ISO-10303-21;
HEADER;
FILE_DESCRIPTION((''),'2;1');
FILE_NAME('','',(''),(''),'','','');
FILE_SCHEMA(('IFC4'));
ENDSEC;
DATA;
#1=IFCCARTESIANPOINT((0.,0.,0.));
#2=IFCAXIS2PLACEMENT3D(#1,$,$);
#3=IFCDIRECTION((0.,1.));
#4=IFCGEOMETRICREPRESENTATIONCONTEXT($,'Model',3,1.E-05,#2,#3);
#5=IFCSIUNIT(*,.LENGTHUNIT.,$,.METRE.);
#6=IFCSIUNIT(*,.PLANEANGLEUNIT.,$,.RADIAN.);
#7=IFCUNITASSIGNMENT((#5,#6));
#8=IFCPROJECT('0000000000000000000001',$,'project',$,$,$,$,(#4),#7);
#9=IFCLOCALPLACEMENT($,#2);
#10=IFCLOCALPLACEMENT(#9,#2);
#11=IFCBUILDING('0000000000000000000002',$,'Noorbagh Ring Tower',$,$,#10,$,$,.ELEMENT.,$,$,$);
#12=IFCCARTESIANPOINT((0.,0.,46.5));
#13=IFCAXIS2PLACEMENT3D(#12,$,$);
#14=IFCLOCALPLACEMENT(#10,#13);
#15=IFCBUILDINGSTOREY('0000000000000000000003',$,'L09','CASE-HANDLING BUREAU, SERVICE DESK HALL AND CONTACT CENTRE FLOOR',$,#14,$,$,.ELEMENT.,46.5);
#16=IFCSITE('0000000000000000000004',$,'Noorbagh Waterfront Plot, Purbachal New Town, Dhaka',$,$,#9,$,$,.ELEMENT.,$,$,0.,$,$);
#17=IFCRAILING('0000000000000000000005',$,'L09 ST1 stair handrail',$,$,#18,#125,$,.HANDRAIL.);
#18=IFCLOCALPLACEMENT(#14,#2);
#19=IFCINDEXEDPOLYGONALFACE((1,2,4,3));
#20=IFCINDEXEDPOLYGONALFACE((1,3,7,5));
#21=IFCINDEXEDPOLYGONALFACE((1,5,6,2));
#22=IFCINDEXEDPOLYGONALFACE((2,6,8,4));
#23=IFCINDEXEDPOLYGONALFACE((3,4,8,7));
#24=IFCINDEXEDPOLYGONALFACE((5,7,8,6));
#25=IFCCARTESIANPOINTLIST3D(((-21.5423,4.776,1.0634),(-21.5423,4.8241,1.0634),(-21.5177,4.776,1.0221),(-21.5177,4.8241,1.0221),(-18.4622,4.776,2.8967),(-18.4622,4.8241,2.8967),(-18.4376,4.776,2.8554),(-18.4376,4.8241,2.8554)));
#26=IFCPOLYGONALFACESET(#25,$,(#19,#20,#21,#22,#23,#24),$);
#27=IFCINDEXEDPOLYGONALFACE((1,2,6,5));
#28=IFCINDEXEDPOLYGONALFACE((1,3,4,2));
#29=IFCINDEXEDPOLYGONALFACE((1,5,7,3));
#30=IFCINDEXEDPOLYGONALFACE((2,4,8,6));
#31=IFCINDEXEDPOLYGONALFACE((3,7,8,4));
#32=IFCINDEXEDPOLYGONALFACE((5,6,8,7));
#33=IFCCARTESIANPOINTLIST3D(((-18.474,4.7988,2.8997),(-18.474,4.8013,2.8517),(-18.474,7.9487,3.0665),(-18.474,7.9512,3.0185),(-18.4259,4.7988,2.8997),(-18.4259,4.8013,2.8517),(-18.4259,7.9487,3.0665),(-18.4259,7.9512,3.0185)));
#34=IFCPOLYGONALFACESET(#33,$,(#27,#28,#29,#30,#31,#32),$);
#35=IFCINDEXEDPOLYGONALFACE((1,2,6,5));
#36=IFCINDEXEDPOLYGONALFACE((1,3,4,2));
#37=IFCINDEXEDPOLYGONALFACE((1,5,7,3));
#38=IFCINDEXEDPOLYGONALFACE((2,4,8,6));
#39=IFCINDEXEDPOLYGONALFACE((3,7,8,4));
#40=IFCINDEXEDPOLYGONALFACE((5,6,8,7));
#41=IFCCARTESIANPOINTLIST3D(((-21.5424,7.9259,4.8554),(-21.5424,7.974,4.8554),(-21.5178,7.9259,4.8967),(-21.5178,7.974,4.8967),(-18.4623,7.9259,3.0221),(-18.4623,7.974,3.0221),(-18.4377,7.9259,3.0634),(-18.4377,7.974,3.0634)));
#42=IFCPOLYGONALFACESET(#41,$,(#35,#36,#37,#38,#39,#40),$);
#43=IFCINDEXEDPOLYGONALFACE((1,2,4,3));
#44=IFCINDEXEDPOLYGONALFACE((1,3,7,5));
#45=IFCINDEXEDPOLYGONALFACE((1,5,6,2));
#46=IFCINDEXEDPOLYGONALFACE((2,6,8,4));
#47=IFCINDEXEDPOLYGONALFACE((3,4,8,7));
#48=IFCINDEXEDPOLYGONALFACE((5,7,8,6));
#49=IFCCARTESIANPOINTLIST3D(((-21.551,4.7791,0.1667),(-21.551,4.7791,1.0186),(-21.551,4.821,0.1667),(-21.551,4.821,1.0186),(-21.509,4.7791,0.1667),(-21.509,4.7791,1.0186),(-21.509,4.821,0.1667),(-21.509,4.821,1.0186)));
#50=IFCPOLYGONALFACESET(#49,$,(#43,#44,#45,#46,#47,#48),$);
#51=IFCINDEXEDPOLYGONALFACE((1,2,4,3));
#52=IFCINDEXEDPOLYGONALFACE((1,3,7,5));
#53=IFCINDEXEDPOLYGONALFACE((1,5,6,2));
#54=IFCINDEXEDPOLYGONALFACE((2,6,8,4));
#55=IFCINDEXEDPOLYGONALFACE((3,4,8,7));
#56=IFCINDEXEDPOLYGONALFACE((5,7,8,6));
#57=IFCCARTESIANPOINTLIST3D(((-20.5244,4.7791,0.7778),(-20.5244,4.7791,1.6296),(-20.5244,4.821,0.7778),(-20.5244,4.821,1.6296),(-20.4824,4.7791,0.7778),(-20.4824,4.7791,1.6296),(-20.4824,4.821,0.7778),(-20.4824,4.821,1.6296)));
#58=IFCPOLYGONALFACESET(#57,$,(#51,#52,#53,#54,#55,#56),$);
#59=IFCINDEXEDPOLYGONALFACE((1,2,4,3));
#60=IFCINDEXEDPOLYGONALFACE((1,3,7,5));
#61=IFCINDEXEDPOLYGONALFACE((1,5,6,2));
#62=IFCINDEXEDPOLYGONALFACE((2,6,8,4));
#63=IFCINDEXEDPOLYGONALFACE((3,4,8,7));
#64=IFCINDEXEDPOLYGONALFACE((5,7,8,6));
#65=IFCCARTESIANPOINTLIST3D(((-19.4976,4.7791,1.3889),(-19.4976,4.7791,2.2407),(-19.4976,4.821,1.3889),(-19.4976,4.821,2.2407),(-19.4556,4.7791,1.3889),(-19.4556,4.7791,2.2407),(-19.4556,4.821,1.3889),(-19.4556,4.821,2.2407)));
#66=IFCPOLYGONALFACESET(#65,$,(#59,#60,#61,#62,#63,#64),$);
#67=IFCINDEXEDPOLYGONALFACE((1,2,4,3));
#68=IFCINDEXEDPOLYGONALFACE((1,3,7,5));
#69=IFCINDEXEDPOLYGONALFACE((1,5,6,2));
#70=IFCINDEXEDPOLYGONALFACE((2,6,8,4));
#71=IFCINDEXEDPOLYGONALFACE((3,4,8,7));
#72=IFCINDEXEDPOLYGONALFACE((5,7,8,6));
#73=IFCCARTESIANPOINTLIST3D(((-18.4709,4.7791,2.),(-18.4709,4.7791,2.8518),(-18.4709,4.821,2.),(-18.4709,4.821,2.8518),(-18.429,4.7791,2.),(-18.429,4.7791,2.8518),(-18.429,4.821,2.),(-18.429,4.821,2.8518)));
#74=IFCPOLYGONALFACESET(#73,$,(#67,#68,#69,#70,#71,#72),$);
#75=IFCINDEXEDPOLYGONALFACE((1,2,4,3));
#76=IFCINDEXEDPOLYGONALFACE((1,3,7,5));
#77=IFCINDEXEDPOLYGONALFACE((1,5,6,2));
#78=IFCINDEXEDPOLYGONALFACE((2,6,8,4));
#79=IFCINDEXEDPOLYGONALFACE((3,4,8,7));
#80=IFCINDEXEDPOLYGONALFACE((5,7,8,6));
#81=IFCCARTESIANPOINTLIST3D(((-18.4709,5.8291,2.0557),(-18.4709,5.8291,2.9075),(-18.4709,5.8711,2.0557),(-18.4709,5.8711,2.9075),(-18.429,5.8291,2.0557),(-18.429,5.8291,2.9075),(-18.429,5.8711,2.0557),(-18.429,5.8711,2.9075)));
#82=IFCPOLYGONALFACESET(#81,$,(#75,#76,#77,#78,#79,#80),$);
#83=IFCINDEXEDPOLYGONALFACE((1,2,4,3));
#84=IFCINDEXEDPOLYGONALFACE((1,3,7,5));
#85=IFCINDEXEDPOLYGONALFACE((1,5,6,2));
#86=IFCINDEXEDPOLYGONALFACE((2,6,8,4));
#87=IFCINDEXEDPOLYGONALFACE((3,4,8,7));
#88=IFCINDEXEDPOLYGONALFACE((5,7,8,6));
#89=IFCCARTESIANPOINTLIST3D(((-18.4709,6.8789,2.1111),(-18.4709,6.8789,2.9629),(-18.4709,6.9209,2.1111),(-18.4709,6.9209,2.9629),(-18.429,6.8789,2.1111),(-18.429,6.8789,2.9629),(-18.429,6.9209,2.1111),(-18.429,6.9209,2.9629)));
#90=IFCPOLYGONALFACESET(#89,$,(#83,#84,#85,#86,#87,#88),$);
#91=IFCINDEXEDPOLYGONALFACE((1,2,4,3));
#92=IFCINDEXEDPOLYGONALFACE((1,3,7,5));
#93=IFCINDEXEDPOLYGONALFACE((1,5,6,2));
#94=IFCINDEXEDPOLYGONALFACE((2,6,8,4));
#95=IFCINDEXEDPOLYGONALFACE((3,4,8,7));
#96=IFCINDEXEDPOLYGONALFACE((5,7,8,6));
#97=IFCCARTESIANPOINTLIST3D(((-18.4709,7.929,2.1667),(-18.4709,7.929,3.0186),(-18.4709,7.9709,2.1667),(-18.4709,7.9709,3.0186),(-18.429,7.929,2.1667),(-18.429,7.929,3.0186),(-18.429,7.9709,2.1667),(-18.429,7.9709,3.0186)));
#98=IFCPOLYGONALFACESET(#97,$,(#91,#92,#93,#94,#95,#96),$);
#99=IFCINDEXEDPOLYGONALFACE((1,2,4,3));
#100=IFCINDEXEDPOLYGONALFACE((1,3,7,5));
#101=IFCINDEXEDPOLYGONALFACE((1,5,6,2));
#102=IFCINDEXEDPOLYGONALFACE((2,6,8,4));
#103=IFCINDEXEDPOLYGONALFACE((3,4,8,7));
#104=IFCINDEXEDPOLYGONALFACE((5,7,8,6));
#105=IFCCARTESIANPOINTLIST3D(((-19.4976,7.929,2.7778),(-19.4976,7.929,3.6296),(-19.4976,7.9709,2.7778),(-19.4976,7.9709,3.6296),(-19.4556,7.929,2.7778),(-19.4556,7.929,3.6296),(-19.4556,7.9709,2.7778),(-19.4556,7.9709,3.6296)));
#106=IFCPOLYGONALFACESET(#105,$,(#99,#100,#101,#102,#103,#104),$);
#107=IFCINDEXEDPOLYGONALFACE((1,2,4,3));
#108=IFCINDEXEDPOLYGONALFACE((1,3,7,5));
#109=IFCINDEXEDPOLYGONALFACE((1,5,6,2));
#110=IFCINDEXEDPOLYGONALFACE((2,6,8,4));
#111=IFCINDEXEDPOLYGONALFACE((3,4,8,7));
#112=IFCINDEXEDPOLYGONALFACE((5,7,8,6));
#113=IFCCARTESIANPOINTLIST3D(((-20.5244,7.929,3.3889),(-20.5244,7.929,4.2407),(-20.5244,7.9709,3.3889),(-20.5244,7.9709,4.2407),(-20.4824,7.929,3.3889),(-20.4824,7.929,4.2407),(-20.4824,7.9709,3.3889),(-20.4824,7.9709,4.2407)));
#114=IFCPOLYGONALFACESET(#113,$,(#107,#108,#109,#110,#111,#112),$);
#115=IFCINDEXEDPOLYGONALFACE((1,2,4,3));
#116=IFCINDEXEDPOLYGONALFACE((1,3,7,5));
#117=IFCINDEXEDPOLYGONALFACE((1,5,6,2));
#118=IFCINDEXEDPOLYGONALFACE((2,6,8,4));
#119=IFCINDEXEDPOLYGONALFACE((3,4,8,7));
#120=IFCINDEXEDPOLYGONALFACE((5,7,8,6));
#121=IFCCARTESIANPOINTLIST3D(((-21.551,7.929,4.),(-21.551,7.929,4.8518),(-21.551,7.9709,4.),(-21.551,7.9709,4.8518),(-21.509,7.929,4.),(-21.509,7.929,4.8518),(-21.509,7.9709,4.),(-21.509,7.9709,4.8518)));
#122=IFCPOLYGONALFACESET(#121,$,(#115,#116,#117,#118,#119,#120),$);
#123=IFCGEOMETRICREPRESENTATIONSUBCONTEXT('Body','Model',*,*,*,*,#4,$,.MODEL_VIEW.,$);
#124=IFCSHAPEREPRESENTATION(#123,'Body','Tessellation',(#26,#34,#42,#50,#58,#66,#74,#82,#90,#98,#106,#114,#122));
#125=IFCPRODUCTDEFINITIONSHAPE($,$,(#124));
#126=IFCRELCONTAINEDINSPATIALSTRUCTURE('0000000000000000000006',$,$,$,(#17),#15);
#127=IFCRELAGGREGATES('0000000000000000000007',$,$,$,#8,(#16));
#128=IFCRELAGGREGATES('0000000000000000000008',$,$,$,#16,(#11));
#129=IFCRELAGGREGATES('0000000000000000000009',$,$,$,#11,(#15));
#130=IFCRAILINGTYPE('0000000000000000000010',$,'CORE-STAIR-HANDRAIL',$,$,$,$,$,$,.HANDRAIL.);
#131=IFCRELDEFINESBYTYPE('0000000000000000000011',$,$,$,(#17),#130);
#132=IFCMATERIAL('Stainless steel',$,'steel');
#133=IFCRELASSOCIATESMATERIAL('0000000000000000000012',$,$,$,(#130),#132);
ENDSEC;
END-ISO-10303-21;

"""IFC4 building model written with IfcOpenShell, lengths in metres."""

from ifc_helpers import new_model, si_unit, direction, frame, origin, origin_2d, place, context, subcontext, project, spatial, rectangle, extrude, material, type_object, element, save


model = new_model("IFC4")

# Units and contexts
model_context = context("Model", 3, precision=1e-05, world=origin(), true_north=direction((0.0, 1.0)))
body_context = subcontext(model_context, "Body", "Model", "MODEL_VIEW")
ifc_project = project(units=[si_unit("LENGTHUNIT", "METRE"), si_unit("PLANEANGLEUNIT", "RADIAN")], contexts=[model_context])

# Site, building, storey
site_placement = place(None, origin())
site = spatial("IfcSite", under=ifc_project, at=site_placement, Name="Noorbagh Waterfront Plot, Purbachal New Town, Dhaka", CompositionType="ELEMENT", RefElevation=0.0)
building_placement = place(site_placement, origin())
building = spatial("IfcBuilding", under=site, at=building_placement, Name="Noorbagh Ring Tower", CompositionType="ELEMENT")
storey_placement = place(building_placement, frame((0.0, 0.0, 46.5)))
storey = spatial("IfcBuildingStorey", under=building, at=storey_placement, Name="L09", Description="CASE-HANDLING BUREAU, SERVICE DESK HALL AND CONTACT CENTRE FLOOR", CompositionType="ELEMENT", Elevation=46.5)

# Railing
ifc_material_1 = material(Name="Stainless steel", Category="steel")
railing_type_1 = type_object("IfcRailingType", Name="CORE-STAIR-HANDRAIL", PredefinedType="HANDRAIL", material=ifc_material_1)
railing_1_placement = place(storey_placement, frame((-21.53, 4.8, 0.1667)))
element("IfcRailing", 1, at=railing_1_placement, inside=storey, type_object=railing_type_1, Name="L09 ST1 stair handrail", PredefinedType="HANDRAIL", context=body_context, shape_type="SweptSolid", body=[
    extrude(rectangle(XDim=0.0481, YDim=0.0481, at=origin_2d()), frame((0.0, 0.0, 0.876), z_axis=(0.859309, 0.0, 0.511458), x_axis=(0.0, 1.0, 0.0)), (0.0, 0.0, 1.0), 3.5845),
    extrude(rectangle(XDim=0.0481, YDim=0.0481, at=origin_2d()), frame((3.0801, 0.0, 2.709), z_axis=(0.0, 0.998602, 0.052864), x_axis=(-1.0, 0.0, 0.0)), (0.0, 0.0, 1.0), 3.1543),
    extrude(rectangle(XDim=0.0481, YDim=0.0481, at=origin_2d()), frame((3.0801, 3.1499, 2.876), z_axis=(-0.859309, 0.0, 0.511458), x_axis=(0.0, -1.0, 0.0)), (0.0, 0.0, 1.0), 3.5845),
    extrude(rectangle(XDim=0.042, YDim=0.042, at=origin_2d()), origin(), (0.0, 0.0, 1.0), 0.8518),
    extrude(rectangle(XDim=0.042, YDim=0.042, at=origin_2d()), frame((1.0266, 0.0, 0.6111)), (0.0, 0.0, 1.0), 0.8518),
    extrude(rectangle(XDim=0.042, YDim=0.042, at=origin_2d()), frame((2.0535, 0.0, 1.2222)), (0.0, 0.0, 1.0), 0.8518),
    extrude(rectangle(XDim=0.042, YDim=0.042, at=origin_2d()), frame((3.0801, 0.0, 1.8333)), (0.0, 0.0, 1.0), 0.8518),
    extrude(rectangle(XDim=0.042, YDim=0.042, at=origin_2d()), frame((3.0801, 1.05, 1.8889)), (0.0, 0.0, 1.0), 0.8518),
    extrude(rectangle(XDim=0.042, YDim=0.042, at=origin_2d()), frame((3.0801, 2.0999, 1.9443)), (0.0, 0.0, 1.0), 0.8518),
    extrude(rectangle(XDim=0.042, YDim=0.042, at=origin_2d()), frame((3.0801, 3.1499, 2.0)), (0.0, 0.0, 1.0), 0.8518),
    extrude(rectangle(XDim=0.042, YDim=0.042, at=origin_2d()), frame((2.0535, 3.1499, 2.6111)), (0.0, 0.0, 1.0), 0.8518),
    extrude(rectangle(XDim=0.042, YDim=0.042, at=origin_2d()), frame((1.0266, 3.1499, 3.2222)), (0.0, 0.0, 1.0), 0.8518),
    extrude(rectangle(XDim=0.042, YDim=0.042, at=origin_2d()), frame((0.0, 3.1499, 3.8333)), (0.0, 0.0, 1.0), 0.8518),
])

save(model, "model.ifc")
